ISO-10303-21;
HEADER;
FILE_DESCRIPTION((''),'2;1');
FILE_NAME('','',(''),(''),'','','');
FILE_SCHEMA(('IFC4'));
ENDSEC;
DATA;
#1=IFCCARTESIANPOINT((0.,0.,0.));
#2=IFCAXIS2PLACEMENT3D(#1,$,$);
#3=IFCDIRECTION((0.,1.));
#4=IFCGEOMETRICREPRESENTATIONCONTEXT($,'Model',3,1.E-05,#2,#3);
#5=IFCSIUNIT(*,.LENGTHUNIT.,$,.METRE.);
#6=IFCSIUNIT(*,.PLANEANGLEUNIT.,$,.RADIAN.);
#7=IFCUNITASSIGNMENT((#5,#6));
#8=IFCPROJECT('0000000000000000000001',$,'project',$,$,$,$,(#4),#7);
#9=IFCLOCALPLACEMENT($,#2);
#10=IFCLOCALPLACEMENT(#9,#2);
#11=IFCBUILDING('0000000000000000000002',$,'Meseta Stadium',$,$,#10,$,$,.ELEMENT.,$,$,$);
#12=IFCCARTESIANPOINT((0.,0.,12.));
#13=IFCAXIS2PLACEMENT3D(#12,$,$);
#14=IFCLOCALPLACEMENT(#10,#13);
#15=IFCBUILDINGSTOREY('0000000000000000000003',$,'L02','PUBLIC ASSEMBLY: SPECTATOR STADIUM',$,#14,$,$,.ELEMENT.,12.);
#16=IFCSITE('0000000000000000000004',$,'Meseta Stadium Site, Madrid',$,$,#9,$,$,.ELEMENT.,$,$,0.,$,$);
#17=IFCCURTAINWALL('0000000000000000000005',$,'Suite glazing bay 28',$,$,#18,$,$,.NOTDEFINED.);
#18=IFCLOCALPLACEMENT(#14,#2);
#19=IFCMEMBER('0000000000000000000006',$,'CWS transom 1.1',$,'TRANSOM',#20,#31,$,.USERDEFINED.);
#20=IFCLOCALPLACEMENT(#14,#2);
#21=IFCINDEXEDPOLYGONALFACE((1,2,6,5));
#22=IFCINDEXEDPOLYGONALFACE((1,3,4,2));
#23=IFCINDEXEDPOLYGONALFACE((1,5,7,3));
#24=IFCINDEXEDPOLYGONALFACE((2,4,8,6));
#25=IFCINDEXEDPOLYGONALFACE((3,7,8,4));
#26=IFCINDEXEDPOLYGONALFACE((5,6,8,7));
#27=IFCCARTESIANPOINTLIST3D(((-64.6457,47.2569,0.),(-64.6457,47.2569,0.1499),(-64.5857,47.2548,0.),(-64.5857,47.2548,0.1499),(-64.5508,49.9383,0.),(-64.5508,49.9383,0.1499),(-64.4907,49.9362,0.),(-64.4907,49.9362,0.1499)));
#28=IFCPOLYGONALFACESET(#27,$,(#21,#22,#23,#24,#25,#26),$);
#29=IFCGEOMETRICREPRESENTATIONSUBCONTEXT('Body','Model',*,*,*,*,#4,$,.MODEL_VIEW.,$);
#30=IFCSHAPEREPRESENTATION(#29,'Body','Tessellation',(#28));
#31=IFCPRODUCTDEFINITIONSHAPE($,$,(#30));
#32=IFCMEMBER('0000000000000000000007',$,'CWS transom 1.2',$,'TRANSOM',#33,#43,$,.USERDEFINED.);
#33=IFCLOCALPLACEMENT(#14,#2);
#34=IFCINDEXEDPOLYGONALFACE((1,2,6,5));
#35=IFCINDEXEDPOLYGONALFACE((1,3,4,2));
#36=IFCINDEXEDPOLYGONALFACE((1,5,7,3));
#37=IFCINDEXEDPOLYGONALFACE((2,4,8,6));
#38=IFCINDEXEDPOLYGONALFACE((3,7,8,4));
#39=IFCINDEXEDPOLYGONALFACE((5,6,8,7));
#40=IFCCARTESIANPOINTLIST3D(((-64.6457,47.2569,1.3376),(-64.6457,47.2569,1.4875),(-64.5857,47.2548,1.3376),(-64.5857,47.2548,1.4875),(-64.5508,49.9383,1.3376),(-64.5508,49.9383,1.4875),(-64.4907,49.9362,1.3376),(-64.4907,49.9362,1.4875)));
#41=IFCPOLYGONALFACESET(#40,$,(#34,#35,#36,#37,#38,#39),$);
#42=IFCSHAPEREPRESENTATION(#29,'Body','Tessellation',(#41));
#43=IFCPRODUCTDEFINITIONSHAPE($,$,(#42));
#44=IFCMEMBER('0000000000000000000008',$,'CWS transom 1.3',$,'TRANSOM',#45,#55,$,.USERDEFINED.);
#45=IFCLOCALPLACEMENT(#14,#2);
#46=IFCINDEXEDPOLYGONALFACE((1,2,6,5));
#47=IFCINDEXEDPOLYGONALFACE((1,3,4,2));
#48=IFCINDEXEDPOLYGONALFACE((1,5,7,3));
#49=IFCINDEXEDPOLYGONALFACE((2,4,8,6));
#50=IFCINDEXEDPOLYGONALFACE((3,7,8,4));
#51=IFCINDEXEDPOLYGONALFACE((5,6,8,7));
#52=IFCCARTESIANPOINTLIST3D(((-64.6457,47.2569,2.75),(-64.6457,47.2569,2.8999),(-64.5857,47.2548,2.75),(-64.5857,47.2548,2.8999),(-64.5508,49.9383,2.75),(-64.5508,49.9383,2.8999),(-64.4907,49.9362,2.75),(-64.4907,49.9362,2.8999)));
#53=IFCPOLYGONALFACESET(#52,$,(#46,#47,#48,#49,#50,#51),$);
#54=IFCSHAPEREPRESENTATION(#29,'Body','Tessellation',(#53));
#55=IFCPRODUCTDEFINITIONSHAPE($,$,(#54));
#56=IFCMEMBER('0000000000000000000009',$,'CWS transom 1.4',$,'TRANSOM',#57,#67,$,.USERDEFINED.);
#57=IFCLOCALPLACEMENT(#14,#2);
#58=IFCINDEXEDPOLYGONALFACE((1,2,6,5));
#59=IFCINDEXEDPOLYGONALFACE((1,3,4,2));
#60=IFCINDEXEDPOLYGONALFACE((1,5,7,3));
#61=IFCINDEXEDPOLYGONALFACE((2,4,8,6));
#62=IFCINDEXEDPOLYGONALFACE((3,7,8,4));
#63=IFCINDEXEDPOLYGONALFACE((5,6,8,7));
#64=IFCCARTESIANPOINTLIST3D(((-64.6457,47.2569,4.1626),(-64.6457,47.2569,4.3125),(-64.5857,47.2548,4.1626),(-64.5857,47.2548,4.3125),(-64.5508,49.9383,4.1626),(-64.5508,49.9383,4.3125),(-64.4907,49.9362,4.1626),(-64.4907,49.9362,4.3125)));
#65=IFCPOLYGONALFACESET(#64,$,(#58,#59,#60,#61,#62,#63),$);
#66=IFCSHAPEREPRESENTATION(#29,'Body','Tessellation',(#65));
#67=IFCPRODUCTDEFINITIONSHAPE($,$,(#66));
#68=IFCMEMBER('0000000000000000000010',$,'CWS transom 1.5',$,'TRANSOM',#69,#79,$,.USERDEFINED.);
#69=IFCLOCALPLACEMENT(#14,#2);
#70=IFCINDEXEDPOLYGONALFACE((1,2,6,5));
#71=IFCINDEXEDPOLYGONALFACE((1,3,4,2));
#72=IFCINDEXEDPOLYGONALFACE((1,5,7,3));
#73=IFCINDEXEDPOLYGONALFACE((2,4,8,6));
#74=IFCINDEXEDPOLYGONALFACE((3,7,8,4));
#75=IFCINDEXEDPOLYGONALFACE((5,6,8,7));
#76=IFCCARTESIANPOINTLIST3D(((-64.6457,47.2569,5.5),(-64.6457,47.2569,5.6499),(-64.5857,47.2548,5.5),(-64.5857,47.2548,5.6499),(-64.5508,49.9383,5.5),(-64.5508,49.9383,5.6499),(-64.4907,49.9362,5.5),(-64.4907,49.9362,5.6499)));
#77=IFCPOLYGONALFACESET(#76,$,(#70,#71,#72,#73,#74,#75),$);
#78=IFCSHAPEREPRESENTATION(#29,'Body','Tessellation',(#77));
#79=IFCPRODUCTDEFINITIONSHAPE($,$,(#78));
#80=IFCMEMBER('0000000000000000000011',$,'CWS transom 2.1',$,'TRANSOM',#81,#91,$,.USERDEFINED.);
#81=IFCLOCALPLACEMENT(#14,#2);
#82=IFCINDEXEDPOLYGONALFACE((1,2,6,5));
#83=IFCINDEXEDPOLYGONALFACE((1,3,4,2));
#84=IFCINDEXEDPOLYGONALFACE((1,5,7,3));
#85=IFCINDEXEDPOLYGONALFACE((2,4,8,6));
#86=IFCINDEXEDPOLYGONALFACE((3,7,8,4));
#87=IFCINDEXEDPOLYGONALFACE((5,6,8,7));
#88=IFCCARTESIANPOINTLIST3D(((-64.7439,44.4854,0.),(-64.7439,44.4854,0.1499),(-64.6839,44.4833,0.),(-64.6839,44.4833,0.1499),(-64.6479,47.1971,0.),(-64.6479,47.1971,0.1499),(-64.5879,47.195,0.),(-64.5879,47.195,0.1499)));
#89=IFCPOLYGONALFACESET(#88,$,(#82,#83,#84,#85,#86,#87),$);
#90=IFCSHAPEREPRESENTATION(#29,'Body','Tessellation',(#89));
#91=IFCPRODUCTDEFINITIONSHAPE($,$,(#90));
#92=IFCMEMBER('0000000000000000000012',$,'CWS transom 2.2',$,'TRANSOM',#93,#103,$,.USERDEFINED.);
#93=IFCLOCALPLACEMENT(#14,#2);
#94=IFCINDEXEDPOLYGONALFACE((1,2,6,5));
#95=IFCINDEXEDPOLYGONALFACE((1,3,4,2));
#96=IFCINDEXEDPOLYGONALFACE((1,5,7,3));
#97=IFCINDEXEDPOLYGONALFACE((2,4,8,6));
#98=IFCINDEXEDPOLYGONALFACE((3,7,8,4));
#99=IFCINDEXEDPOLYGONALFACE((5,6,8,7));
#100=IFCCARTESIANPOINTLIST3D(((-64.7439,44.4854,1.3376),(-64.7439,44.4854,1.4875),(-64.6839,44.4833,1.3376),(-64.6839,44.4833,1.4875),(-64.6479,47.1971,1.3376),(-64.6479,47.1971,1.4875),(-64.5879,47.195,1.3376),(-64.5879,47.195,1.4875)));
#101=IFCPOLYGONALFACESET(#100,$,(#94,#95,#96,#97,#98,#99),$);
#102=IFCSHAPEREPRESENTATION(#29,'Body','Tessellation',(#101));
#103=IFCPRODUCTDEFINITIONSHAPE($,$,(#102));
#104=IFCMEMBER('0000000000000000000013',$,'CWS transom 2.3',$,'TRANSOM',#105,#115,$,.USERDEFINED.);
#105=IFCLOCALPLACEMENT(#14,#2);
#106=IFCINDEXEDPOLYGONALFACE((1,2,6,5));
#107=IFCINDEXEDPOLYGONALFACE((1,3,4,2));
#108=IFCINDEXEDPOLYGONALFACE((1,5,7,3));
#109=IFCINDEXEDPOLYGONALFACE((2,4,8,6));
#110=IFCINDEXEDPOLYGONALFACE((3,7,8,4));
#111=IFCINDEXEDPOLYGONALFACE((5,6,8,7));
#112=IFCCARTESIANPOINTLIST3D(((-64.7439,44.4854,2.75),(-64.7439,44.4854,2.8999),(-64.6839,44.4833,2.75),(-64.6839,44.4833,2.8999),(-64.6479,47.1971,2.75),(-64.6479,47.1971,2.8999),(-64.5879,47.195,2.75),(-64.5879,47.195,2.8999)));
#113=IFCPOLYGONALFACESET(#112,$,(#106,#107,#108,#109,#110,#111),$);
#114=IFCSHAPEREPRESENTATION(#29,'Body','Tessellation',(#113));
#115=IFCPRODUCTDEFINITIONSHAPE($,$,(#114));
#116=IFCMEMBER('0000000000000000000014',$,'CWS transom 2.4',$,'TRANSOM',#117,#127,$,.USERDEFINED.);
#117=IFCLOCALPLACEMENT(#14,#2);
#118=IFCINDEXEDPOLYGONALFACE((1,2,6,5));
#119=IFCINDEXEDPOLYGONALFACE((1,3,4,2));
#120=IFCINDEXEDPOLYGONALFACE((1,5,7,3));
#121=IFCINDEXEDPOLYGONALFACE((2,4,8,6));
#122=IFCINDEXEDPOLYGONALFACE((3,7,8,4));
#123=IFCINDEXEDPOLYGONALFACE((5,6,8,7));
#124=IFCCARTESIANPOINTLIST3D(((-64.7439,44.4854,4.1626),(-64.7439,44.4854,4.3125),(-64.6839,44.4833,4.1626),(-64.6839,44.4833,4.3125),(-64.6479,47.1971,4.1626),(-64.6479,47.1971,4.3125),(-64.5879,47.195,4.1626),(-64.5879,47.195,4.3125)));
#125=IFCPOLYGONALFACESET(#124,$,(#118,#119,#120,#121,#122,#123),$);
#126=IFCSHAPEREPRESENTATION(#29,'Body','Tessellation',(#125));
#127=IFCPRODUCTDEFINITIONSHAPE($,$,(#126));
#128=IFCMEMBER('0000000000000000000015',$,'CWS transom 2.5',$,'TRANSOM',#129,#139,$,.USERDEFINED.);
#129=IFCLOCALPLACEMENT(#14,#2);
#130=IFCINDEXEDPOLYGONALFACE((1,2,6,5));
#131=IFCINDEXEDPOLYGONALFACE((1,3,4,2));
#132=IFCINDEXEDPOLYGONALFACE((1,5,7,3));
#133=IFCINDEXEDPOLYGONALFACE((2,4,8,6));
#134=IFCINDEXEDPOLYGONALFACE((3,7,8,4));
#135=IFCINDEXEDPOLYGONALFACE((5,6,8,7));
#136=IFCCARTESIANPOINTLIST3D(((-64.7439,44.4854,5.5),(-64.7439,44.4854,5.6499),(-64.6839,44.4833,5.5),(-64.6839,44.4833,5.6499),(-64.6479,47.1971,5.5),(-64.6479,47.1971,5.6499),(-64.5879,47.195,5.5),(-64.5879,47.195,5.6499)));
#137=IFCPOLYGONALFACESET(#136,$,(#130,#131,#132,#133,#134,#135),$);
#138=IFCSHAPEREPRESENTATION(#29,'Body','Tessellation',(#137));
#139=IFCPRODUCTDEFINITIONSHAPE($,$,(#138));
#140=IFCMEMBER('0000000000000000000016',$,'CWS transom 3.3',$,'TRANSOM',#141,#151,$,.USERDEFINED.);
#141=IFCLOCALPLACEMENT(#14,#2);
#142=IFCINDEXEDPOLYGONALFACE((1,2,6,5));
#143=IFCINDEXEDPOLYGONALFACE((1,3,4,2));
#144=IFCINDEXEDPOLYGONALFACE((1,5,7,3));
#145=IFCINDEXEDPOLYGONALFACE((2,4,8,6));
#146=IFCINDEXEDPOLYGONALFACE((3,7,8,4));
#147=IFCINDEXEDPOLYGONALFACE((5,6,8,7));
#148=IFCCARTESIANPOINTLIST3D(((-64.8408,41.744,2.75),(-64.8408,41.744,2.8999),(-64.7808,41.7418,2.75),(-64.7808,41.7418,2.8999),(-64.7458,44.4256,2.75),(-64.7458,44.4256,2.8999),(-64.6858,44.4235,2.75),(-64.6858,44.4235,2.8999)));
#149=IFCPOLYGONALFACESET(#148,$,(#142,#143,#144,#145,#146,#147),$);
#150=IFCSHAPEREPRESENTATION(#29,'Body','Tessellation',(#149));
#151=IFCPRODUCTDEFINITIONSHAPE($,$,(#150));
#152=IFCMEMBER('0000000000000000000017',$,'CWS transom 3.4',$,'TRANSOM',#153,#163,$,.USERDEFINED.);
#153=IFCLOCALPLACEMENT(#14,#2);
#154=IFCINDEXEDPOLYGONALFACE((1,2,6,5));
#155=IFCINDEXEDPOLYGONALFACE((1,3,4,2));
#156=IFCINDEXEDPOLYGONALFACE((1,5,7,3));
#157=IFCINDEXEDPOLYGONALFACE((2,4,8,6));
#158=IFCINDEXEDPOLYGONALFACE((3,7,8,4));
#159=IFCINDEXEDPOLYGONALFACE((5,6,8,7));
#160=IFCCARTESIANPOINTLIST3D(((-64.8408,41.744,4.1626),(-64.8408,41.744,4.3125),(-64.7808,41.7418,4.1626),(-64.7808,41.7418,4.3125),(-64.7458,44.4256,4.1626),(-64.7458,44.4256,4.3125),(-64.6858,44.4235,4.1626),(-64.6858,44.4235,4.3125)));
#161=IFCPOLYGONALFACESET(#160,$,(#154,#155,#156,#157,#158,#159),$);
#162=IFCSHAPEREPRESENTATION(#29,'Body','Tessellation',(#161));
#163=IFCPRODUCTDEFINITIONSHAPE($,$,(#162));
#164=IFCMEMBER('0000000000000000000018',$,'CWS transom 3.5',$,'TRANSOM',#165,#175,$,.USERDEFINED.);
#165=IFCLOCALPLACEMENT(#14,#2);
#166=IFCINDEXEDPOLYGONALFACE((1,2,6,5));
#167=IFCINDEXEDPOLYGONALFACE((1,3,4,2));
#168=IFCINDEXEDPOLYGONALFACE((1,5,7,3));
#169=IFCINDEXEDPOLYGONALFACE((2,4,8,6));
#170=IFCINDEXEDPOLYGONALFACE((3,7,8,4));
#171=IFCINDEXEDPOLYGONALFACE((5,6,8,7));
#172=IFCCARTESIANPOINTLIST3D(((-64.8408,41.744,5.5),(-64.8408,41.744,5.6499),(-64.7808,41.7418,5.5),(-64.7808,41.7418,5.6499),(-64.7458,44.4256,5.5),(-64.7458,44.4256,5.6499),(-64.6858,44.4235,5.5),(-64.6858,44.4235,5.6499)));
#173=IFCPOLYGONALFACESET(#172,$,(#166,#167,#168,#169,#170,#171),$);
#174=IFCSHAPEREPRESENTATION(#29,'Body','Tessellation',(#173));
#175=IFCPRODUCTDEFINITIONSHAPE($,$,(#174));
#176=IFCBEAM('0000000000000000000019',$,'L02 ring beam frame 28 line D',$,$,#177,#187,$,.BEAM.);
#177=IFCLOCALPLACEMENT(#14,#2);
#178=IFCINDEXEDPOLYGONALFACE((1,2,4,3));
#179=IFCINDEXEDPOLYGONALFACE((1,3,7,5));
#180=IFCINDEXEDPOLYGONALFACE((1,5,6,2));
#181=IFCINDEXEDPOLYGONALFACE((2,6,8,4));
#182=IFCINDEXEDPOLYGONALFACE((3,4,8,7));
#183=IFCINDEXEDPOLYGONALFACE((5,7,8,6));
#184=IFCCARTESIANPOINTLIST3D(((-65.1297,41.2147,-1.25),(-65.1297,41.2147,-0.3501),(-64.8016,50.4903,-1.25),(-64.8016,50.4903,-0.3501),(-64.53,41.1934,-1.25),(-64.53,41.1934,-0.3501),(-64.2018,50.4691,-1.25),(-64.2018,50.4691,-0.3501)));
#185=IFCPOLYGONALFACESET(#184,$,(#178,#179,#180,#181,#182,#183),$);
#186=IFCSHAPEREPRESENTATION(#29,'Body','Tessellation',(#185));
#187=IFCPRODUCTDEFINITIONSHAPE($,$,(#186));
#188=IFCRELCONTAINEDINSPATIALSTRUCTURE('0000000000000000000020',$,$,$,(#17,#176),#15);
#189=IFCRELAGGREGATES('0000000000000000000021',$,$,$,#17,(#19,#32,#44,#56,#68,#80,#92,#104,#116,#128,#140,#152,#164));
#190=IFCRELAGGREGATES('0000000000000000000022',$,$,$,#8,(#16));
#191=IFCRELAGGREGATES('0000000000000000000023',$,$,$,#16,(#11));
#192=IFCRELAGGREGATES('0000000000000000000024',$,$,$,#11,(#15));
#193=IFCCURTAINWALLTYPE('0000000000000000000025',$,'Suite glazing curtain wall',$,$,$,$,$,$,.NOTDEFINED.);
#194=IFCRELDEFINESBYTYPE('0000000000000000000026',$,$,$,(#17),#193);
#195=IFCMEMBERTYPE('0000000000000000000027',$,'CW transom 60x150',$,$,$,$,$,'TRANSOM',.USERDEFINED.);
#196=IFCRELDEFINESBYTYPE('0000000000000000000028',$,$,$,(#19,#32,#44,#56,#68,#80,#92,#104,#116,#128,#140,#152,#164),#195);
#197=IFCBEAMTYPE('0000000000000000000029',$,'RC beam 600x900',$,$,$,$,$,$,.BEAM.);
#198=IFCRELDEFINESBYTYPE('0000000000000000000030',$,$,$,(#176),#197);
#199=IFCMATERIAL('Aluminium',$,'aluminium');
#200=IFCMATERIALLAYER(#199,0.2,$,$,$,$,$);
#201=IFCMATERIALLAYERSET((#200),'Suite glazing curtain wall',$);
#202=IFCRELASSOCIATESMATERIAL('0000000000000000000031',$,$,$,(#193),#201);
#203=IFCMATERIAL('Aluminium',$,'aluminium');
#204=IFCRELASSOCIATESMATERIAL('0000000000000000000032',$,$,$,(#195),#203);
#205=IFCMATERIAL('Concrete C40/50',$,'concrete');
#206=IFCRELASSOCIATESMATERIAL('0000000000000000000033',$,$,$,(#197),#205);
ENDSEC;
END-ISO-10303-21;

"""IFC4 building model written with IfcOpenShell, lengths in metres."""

from ifc_helpers import new_model, si_unit, direction, frame, origin, origin_2d, place, context, subcontext, project, spatial, rectangle, extrude, material, layer, layer_set, material_profile, profile_set, type_object, element, aggregate, save


model = new_model("IFC4")

# Units and contexts
model_context = context("Model", 3, precision=1e-05, world=origin(), true_north=direction((0.0, 1.0)))
body_context = subcontext(model_context, "Body", "Model", "MODEL_VIEW")
ifc_project = project(units=[si_unit("LENGTHUNIT", "METRE"), si_unit("PLANEANGLEUNIT", "RADIAN")], contexts=[model_context])

# Site, building, storey
site_placement = place(None, origin())
site = spatial("IfcSite", under=ifc_project, at=site_placement, Name="Meseta Stadium Site, Madrid", CompositionType="ELEMENT", RefElevation=0.0)
building_placement = place(site_placement, origin())
building = spatial("IfcBuilding", under=site, at=building_placement, Name="Meseta Stadium", CompositionType="ELEMENT")
storey_placement = place(building_placement, frame((0.0, 0.0, 12.0)))
storey = spatial("IfcBuildingStorey", under=building, at=storey_placement, Name="L02", Description="PUBLIC ASSEMBLY: SPECTATOR STADIUM", CompositionType="ELEMENT", Elevation=12.0)

# Shared definitions
ifc_material_1 = material(Name="Aluminium", Category="aluminium")
ifc_layer_1 = layer(ifc_material_1, 0.2)
ifc_layer_set_1 = layer_set([ifc_layer_1], Name="Suite glazing curtain wall")
curtain_wall_type = type_object("IfcCurtainWallType", Name="Suite glazing curtain wall", PredefinedType="NOTDEFINED", material=ifc_layer_set_1)

# Curtain wall, members
curtain_wall_1_placement = place(storey_placement, origin())
curtain_wall_1 = element("IfcCurtainWall", 1, at=curtain_wall_1_placement, inside=storey, type_object=curtain_wall_type, Name="Suite glazing bay 28", PredefinedType="NOTDEFINED")
ifc_material_2 = material(Name="Aluminium", Category="aluminium")
ifc_material_profile_1 = material_profile(ifc_material_2, rectangle(XDim=0.0601, YDim=0.1499, at=origin_2d()), Name="CW 60x150")
ifc_profile_set_1 = profile_set([ifc_material_profile_1], Name="Aluminium")
member_type_1 = type_object("IfcMemberType", Name="CW transom 60x150", ElementType="TRANSOM", PredefinedType="USERDEFINED", material=ifc_profile_set_1)
member_1_placement = place(storey_placement, frame((-64.5208, 49.9373, 0.075), z_axis=(-0.035396, -0.999373, 0.0), x_axis=(0.999373, -0.035396, 0.0)))
member_1 = element("IfcMember", 2, at=member_1_placement, type_object=member_type_1, Name="CWS transom 1.1", ObjectType="TRANSOM", PredefinedType="USERDEFINED", context=body_context, shape_type="SweptSolid", body=[
    extrude(rectangle(XDim=0.0601, YDim=0.1499, at=origin_2d()), origin(), (0.0, 0.0, 1.0), 2.6831),
])
member_2_placement = place(storey_placement, frame((-64.5208, 49.9373, 1.4126), z_axis=(-0.035396, -0.999373, 0.0), x_axis=(0.999373, -0.035396, 0.0)))
member_2 = element("IfcMember", 3, at=member_2_placement, type_object=member_type_1, Name="CWS transom 1.2", ObjectType="TRANSOM", PredefinedType="USERDEFINED", context=body_context, shape_type="SweptSolid", body=[
    extrude(rectangle(XDim=0.0601, YDim=0.1499, at=origin_2d()), origin(), (0.0, 0.0, 1.0), 2.6831),
])
member_3_placement = place(storey_placement, frame((-64.5208, 49.9373, 2.825), z_axis=(-0.035396, -0.999373, 0.0), x_axis=(0.999373, -0.035396, 0.0)))
member_3 = element("IfcMember", 4, at=member_3_placement, type_object=member_type_1, Name="CWS transom 1.3", ObjectType="TRANSOM", PredefinedType="USERDEFINED", context=body_context, shape_type="SweptSolid", body=[
    extrude(rectangle(XDim=0.0601, YDim=0.1499, at=origin_2d()), origin(), (0.0, 0.0, 1.0), 2.6831),
])
member_4_placement = place(storey_placement, frame((-64.5208, 49.9373, 4.2375), z_axis=(-0.035396, -0.999373, 0.0), x_axis=(0.999373, -0.035396, 0.0)))
member_4 = element("IfcMember", 5, at=member_4_placement, type_object=member_type_1, Name="CWS transom 1.4", ObjectType="TRANSOM", PredefinedType="USERDEFINED", context=body_context, shape_type="SweptSolid", body=[
    extrude(rectangle(XDim=0.0601, YDim=0.1499, at=origin_2d()), origin(), (0.0, 0.0, 1.0), 2.6831),
])
member_5_placement = place(storey_placement, frame((-64.5208, 49.9373, 5.575), z_axis=(-0.035396, -0.999373, 0.0), x_axis=(0.999373, -0.035396, 0.0)))
member_5 = element("IfcMember", 6, at=member_5_placement, type_object=member_type_1, Name="CWS transom 1.5", ObjectType="TRANSOM", PredefinedType="USERDEFINED", context=body_context, shape_type="SweptSolid", body=[
    extrude(rectangle(XDim=0.0601, YDim=0.1499, at=origin_2d()), origin(), (0.0, 0.0, 1.0), 2.6831),
])
member_6_placement = place(storey_placement, frame((-64.6179, 47.196, 0.075), z_axis=(-0.035361, -0.999375, 0.0), x_axis=(0.999375, -0.035361, 0.0)))
member_6 = element("IfcMember", 7, at=member_6_placement, type_object=member_type_1, Name="CWS transom 2.1", ObjectType="TRANSOM", PredefinedType="USERDEFINED", context=body_context, shape_type="SweptSolid", body=[
    extrude(rectangle(XDim=0.0601, YDim=0.1499, at=origin_2d()), origin(), (0.0, 0.0, 1.0), 2.7134),
])
member_7_placement = place(storey_placement, frame((-64.6179, 47.196, 1.4126), z_axis=(-0.035361, -0.999375, 0.0), x_axis=(0.999375, -0.035361, 0.0)))
member_7 = element("IfcMember", 8, at=member_7_placement, type_object=member_type_1, Name="CWS transom 2.2", ObjectType="TRANSOM", PredefinedType="USERDEFINED", context=body_context, shape_type="SweptSolid", body=[
    extrude(rectangle(XDim=0.0601, YDim=0.1499, at=origin_2d()), origin(), (0.0, 0.0, 1.0), 2.7134),
])
member_8_placement = place(storey_placement, frame((-64.6179, 47.196, 2.825), z_axis=(-0.035361, -0.999375, 0.0), x_axis=(0.999375, -0.035361, 0.0)))
member_8 = element("IfcMember", 9, at=member_8_placement, type_object=member_type_1, Name="CWS transom 2.3", ObjectType="TRANSOM", PredefinedType="USERDEFINED", context=body_context, shape_type="SweptSolid", body=[
    extrude(rectangle(XDim=0.0601, YDim=0.1499, at=origin_2d()), origin(), (0.0, 0.0, 1.0), 2.7134),
])
member_9_placement = place(storey_placement, frame((-64.6179, 47.196, 4.2375), z_axis=(-0.035361, -0.999375, 0.0), x_axis=(0.999375, -0.035361, 0.0)))
member_9 = element("IfcMember", 10, at=member_9_placement, type_object=member_type_1, Name="CWS transom 2.4", ObjectType="TRANSOM", PredefinedType="USERDEFINED", context=body_context, shape_type="SweptSolid", body=[
    extrude(rectangle(XDim=0.0601, YDim=0.1499, at=origin_2d()), origin(), (0.0, 0.0, 1.0), 2.7134),
])
member_10_placement = place(storey_placement, frame((-64.6179, 47.196, 5.575), z_axis=(-0.035361, -0.999375, 0.0), x_axis=(0.999375, -0.035361, 0.0)))
member_10 = element("IfcMember", 11, at=member_10_placement, type_object=member_type_1, Name="CWS transom 2.5", ObjectType="TRANSOM", PredefinedType="USERDEFINED", context=body_context, shape_type="SweptSolid", body=[
    extrude(rectangle(XDim=0.0601, YDim=0.1499, at=origin_2d()), origin(), (0.0, 0.0, 1.0), 2.7134),
])
member_11_placement = place(storey_placement, frame((-64.7158, 44.4246, 2.825), z_axis=(-0.035393, -0.999373, 0.0), x_axis=(0.999373, -0.035393, 0.0)))
member_11 = element("IfcMember", 12, at=member_11_placement, type_object=member_type_1, Name="CWS transom 3.3", ObjectType="TRANSOM", PredefinedType="USERDEFINED", context=body_context, shape_type="SweptSolid", body=[
    extrude(rectangle(XDim=0.0601, YDim=0.1499, at=origin_2d()), origin(), (0.0, 0.0, 1.0), 2.6833),
])
member_12_placement = place(storey_placement, frame((-64.7158, 44.4246, 4.2375), z_axis=(-0.035393, -0.999373, 0.0), x_axis=(0.999373, -0.035393, 0.0)))
member_12 = element("IfcMember", 13, at=member_12_placement, type_object=member_type_1, Name="CWS transom 3.4", ObjectType="TRANSOM", PredefinedType="USERDEFINED", context=body_context, shape_type="SweptSolid", body=[
    extrude(rectangle(XDim=0.0601, YDim=0.1499, at=origin_2d()), origin(), (0.0, 0.0, 1.0), 2.6833),
])
member_13_placement = place(storey_placement, frame((-64.7158, 44.4246, 5.575), z_axis=(-0.035393, -0.999373, 0.0), x_axis=(0.999373, -0.035393, 0.0)))
member_13 = element("IfcMember", 14, at=member_13_placement, type_object=member_type_1, Name="CWS transom 3.5", ObjectType="TRANSOM", PredefinedType="USERDEFINED", context=body_context, shape_type="SweptSolid", body=[
    extrude(rectangle(XDim=0.0601, YDim=0.1499, at=origin_2d()), origin(), (0.0, 0.0, 1.0), 2.6833),
])

# Beam
ifc_material_3 = material(Name="Concrete C40/50", Category="concrete")
ifc_material_profile_2 = material_profile(ifc_material_3, rectangle(XDim=0.6001, YDim=0.8999, at=origin_2d()), Name="RC 600x900")
ifc_profile_set_2 = profile_set([ifc_material_profile_2], Name="Concrete C40/50")
beam_type_1 = type_object("IfcBeamType", Name="RC beam 600x900", PredefinedType="BEAM", material=ifc_profile_set_2)
beam_1_placement = place(storey_placement, frame((-64.5017, 50.4797, -0.8), z_axis=(-0.035353, -0.999375, 0.0), x_axis=(0.999375, -0.035353, 0.0)))
element("IfcBeam", 15, at=beam_1_placement, inside=storey, type_object=beam_type_1, Name="L02 ring beam frame 28 line D", PredefinedType="BEAM", context=body_context, shape_type="SweptSolid", body=[
    extrude(rectangle(XDim=0.6001, YDim=0.8999, at=origin_2d()), origin(), (0.0, 0.0, 1.0), 9.2815),
])

aggregate(curtain_wall_1, [member_1, member_2, member_3, member_4, member_5, member_6, member_7, member_8, member_9, member_10, member_11, member_12, member_13])

save(model, "model.ifc")
